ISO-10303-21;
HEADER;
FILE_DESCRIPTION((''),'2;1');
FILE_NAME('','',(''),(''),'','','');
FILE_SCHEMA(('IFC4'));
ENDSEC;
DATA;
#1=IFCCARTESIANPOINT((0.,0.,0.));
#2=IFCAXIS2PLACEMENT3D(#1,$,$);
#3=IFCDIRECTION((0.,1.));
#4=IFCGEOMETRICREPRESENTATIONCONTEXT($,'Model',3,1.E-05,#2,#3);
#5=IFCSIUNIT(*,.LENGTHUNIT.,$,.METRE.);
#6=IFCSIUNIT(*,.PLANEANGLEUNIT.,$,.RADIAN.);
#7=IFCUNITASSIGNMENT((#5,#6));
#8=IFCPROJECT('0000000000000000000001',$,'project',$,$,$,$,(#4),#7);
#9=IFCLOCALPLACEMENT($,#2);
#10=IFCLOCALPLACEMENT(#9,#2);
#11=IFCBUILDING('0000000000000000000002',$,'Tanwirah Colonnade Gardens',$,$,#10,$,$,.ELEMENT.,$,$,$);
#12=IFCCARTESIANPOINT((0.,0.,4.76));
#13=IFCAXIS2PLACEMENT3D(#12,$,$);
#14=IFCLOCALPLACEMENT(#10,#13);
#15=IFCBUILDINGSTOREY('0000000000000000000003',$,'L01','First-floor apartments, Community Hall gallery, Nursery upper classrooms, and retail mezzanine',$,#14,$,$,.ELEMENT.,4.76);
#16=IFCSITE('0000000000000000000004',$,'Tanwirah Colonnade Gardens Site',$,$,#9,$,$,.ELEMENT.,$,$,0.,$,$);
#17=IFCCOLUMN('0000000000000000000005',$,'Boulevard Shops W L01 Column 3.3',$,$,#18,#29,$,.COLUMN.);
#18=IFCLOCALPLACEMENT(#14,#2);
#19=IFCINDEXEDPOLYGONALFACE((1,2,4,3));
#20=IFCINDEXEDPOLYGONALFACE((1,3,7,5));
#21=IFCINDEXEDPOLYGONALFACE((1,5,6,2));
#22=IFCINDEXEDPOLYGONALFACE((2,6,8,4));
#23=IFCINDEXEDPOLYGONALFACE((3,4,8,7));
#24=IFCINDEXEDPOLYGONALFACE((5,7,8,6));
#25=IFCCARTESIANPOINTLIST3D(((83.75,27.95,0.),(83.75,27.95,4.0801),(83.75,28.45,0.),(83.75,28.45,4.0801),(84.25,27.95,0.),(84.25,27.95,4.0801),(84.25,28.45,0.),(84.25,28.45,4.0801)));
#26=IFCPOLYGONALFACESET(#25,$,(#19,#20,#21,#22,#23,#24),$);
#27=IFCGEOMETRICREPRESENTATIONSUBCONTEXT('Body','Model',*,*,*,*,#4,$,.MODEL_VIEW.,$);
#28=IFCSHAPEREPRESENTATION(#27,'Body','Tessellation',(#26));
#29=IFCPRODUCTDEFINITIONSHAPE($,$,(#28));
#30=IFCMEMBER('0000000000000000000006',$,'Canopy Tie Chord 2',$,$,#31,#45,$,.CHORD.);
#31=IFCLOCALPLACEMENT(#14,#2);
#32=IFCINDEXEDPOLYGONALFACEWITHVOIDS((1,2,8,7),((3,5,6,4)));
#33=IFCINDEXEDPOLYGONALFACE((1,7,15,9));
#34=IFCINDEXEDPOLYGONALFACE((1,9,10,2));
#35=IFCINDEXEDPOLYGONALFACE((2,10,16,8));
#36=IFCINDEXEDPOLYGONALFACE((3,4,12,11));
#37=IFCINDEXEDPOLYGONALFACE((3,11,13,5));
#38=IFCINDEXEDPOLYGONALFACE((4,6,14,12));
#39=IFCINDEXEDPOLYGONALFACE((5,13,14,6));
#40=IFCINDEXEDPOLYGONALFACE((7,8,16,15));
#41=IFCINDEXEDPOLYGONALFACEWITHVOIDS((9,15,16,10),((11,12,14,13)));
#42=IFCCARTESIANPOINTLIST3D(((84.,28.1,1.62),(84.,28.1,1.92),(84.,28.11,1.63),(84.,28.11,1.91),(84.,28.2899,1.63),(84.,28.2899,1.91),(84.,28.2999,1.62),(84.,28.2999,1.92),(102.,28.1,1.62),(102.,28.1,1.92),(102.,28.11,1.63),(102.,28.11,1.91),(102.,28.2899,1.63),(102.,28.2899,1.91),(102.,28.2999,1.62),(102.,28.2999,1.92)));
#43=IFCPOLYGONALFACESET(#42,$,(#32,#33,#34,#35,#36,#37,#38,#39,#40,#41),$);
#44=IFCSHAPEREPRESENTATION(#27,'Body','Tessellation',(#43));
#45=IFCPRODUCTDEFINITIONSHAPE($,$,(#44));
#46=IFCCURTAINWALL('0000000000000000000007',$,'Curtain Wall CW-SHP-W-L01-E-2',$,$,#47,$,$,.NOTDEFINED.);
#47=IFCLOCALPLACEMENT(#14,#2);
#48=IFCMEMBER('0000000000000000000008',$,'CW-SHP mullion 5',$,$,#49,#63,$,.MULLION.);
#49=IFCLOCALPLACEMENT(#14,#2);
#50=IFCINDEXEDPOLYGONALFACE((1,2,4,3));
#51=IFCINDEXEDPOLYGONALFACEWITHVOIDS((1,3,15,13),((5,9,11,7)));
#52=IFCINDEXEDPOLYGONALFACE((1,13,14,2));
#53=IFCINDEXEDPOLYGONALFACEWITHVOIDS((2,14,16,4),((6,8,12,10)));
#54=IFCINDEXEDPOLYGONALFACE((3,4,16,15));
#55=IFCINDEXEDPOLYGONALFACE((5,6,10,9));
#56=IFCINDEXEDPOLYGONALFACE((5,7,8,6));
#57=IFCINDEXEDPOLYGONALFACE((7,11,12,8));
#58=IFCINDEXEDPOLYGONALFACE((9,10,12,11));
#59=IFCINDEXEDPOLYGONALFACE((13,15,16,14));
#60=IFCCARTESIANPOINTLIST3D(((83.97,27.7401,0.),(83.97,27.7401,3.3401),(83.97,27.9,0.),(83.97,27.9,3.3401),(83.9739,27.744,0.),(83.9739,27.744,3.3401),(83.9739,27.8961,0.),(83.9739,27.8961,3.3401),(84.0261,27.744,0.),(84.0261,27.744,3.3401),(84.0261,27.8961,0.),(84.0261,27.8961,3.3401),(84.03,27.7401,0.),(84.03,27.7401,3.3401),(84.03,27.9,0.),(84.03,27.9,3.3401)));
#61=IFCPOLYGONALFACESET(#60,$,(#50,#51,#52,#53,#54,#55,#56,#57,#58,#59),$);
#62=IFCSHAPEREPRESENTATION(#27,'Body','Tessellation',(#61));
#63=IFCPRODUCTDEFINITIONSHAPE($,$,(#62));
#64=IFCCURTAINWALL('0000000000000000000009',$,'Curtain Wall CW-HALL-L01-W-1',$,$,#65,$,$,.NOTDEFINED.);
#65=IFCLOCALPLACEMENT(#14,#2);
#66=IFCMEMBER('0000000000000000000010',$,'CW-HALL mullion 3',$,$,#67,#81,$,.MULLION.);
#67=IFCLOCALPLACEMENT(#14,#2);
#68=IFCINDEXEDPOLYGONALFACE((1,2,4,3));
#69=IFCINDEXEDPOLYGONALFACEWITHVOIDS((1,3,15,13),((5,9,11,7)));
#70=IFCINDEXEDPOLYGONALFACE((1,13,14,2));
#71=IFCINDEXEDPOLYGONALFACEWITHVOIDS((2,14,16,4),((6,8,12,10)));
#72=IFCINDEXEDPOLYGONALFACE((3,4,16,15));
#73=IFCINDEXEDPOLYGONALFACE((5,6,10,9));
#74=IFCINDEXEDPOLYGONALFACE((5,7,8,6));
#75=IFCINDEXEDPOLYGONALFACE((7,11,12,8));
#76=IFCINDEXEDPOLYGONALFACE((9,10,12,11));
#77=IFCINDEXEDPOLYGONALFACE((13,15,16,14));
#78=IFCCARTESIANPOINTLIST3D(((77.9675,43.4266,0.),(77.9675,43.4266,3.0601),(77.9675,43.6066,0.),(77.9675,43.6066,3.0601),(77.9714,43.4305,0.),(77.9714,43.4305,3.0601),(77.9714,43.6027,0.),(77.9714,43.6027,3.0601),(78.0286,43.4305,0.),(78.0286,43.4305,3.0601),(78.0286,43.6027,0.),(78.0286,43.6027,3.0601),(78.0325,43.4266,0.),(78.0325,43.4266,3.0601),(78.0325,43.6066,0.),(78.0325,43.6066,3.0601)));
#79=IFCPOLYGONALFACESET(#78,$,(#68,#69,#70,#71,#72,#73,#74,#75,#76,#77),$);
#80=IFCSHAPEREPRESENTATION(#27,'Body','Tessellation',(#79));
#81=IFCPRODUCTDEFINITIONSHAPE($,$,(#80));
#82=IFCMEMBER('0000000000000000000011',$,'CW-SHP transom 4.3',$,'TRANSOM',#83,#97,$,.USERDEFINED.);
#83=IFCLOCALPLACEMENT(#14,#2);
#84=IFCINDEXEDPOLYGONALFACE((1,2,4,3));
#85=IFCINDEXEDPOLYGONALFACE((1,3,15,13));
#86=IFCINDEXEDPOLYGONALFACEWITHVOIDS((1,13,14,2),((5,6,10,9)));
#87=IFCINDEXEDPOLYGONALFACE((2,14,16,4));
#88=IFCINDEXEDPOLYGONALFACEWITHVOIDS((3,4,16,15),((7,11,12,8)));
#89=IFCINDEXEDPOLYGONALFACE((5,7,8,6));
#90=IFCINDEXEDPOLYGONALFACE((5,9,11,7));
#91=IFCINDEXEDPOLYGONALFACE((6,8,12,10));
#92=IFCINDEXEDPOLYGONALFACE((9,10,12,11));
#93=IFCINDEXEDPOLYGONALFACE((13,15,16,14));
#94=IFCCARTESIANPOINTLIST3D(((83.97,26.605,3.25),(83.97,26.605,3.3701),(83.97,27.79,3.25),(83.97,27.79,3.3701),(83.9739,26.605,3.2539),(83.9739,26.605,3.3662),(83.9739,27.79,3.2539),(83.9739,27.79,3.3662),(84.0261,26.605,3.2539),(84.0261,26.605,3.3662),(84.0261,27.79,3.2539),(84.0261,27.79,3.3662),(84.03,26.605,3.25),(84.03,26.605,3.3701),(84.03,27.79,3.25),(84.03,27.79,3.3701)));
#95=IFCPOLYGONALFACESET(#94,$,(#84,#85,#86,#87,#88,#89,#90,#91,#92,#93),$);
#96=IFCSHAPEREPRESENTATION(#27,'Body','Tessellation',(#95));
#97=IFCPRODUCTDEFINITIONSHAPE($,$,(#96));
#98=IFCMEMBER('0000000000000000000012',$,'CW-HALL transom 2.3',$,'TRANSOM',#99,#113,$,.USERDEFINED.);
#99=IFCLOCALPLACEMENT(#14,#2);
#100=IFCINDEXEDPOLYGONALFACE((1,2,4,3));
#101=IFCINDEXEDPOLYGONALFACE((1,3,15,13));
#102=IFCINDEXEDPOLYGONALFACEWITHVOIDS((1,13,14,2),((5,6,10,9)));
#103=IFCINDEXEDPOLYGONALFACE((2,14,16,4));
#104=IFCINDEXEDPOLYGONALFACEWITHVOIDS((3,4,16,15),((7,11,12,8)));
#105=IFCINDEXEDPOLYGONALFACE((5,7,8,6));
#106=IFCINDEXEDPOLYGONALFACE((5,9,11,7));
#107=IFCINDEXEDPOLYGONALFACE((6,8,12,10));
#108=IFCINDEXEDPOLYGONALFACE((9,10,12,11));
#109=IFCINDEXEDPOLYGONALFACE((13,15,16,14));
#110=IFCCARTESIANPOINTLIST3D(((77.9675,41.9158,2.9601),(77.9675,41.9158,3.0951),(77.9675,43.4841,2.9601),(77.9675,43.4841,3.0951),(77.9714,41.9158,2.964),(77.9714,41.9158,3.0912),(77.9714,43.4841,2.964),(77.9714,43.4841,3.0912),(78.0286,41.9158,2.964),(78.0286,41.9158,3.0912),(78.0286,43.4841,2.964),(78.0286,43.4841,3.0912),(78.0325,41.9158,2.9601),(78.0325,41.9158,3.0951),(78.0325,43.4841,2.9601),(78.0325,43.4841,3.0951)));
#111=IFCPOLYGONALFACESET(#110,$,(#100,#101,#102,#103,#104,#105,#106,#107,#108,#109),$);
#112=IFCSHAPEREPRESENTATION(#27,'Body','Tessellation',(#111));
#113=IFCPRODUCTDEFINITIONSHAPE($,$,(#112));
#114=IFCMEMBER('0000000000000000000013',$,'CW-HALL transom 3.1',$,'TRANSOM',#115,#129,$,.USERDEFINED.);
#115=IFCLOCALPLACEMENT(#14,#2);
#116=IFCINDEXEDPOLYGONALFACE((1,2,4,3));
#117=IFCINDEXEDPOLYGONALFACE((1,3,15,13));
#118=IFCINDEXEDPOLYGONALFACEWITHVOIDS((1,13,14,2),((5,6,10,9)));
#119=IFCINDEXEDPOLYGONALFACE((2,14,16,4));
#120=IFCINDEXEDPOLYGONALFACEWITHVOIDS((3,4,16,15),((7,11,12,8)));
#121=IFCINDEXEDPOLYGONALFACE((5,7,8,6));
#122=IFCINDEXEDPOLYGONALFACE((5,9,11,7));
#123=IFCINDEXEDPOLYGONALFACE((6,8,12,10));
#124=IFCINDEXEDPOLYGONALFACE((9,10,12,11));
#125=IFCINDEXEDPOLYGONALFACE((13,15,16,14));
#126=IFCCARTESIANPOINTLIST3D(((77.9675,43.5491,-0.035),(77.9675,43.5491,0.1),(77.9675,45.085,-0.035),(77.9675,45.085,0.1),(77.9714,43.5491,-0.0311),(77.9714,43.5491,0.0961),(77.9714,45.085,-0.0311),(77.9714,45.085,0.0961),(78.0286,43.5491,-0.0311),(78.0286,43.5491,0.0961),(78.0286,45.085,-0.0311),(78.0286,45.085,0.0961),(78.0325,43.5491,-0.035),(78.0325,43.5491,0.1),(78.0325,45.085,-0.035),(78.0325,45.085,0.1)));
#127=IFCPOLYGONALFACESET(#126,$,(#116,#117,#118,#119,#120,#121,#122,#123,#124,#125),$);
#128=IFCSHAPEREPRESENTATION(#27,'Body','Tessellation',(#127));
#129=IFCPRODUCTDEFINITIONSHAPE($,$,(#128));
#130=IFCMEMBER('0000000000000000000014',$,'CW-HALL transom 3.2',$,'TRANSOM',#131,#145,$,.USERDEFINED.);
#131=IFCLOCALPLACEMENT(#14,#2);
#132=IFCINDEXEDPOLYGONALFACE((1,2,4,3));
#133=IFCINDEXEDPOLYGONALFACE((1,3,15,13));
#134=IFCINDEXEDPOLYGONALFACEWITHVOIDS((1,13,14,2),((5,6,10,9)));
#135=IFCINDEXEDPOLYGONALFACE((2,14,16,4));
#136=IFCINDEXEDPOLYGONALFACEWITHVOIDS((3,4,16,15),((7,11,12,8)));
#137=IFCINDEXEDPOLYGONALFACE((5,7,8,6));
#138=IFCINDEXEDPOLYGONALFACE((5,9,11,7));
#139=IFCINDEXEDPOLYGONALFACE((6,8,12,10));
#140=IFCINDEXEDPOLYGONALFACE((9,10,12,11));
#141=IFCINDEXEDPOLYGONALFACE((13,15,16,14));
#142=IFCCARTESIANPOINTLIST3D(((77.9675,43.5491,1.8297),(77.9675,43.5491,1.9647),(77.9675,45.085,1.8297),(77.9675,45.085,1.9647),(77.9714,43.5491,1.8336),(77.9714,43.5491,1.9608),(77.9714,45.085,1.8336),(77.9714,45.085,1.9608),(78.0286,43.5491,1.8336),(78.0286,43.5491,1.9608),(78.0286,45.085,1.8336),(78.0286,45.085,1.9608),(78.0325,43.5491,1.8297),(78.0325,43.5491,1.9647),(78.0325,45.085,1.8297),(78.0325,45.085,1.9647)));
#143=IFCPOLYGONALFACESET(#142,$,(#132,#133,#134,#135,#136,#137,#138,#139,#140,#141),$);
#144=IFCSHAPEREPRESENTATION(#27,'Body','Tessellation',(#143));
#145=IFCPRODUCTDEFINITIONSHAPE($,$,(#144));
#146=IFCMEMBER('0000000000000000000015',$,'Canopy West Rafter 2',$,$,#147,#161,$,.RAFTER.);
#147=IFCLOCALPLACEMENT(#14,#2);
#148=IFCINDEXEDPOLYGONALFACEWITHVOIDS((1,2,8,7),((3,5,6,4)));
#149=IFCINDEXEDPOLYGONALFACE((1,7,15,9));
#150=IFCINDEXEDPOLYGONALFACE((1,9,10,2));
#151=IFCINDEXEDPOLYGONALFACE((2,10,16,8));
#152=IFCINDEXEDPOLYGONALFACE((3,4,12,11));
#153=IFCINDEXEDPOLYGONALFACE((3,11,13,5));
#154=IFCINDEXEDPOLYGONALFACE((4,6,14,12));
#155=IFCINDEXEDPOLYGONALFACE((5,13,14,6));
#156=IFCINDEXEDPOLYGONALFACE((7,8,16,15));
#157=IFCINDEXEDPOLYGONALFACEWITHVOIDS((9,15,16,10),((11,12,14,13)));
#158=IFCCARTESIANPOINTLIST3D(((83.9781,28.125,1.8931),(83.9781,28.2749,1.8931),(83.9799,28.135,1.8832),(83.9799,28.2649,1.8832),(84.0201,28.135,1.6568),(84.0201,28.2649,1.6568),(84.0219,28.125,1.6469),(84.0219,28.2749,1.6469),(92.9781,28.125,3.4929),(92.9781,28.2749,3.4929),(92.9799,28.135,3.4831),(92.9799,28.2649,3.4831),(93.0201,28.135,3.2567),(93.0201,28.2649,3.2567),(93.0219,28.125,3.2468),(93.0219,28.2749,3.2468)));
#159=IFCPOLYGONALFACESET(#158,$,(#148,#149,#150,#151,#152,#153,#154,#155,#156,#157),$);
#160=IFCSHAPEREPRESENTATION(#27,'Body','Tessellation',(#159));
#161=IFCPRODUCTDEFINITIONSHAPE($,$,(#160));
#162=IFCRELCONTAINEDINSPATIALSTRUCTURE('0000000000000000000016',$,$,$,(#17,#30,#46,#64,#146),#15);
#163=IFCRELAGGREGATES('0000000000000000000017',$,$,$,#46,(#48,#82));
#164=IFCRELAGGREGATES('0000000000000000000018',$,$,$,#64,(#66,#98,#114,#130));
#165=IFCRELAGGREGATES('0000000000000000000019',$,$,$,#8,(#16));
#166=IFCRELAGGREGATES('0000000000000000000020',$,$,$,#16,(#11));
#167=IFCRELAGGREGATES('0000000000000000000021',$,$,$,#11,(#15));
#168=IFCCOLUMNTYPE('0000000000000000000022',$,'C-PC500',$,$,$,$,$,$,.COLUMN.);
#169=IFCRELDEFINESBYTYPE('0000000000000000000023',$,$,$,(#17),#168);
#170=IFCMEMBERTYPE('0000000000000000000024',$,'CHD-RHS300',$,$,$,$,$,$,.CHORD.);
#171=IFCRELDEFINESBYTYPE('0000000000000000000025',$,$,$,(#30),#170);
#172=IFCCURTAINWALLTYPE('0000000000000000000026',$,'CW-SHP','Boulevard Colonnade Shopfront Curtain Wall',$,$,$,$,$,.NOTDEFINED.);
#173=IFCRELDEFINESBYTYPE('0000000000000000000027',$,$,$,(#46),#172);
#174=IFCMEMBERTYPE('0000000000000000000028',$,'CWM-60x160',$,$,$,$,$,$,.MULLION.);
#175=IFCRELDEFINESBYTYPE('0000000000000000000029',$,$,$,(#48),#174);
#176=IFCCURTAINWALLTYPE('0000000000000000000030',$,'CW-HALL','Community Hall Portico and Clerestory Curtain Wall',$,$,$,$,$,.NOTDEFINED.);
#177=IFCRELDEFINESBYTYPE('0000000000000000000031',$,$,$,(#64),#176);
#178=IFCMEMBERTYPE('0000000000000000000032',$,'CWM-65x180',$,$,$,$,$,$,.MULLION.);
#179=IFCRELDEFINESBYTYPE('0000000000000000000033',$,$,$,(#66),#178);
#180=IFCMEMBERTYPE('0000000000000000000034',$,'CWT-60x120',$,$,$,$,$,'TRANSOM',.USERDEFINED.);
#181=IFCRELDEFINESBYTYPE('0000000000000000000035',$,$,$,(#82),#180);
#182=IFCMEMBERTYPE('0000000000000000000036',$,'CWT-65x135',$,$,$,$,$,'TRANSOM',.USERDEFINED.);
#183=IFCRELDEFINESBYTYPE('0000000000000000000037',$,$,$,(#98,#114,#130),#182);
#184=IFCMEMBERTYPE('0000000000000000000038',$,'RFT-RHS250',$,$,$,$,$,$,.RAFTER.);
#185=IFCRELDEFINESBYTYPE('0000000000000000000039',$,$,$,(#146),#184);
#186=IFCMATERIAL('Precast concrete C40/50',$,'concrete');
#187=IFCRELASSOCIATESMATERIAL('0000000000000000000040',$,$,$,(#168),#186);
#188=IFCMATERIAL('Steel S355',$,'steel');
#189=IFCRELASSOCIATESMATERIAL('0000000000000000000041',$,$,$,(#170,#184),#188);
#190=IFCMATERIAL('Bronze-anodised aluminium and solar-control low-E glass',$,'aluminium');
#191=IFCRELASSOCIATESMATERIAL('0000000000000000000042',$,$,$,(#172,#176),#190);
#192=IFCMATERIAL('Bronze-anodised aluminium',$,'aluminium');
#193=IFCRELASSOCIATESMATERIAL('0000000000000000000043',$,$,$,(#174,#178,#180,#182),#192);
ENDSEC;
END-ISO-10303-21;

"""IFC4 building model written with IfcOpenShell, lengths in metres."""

from ifc_helpers import new_model, si_unit, direction, frame, origin, origin_2d, place, context, subcontext, project, spatial, rectangle, hollow_rectangle, extrude, material, material_profile, profile_set, type_object, element, aggregate, save


model = new_model("IFC4")

# Units and contexts
model_context = context("Model", 3, precision=1e-05, world=origin(), true_north=direction((0.0, 1.0)))
body_context = subcontext(model_context, "Body", "Model", "MODEL_VIEW")
ifc_project = project(units=[si_unit("LENGTHUNIT", "METRE"), si_unit("PLANEANGLEUNIT", "RADIAN")], contexts=[model_context])

# Site, building, storey
site_placement = place(None, origin())
site = spatial("IfcSite", under=ifc_project, at=site_placement, Name="Tanwirah Colonnade Gardens Site", CompositionType="ELEMENT", RefElevation=0.0)
building_placement = place(site_placement, origin())
building = spatial("IfcBuilding", under=site, at=building_placement, Name="Tanwirah Colonnade Gardens", CompositionType="ELEMENT")
storey_placement = place(building_placement, frame((0.0, 0.0, 4.76)))
storey = spatial("IfcBuildingStorey", under=building, at=storey_placement, Name="L01", Description="First-floor apartments, Community Hall gallery, Nursery upper classrooms, and retail mezzanine", CompositionType="ELEMENT", Elevation=4.76)

# Column
ifc_material_1 = material(Name="Precast concrete C40/50", Category="concrete")
ifc_material_profile_1 = material_profile(ifc_material_1, rectangle(XDim=0.5, YDim=0.5, at=origin_2d()), Name="PC-COL 500x500")
ifc_profile_set_1 = profile_set([ifc_material_profile_1], Name="Precast concrete C40/50")
column_type = type_object("IfcColumnType", Name="C-PC500", PredefinedType="COLUMN", material=ifc_profile_set_1)
column_placement = place(storey_placement, frame((84.0, 28.2, 0.0), z_axis=(0.0, 0.0, 1.0), x_axis=(1.0, 0.0, 0.0)))
element("IfcColumn", 1, at=column_placement, inside=storey, type_object=column_type, Name="Boulevard Shops W L01 Column 3.3", PredefinedType="COLUMN", context=body_context, shape_type="SweptSolid", body=[
    extrude(rectangle(XDim=0.5, YDim=0.5, at=origin_2d()), origin(), (0.0, 0.0, 1.0), 4.0801),
])

# Member
ifc_material_2 = material(Name="Steel S355", Category="steel")
ifc_material_profile_2 = material_profile(ifc_material_2, hollow_rectangle(XDim=0.2, YDim=0.3, WallThickness=0.01, at=origin_2d()), Name="RHS 300x200x10")
ifc_profile_set_2 = profile_set([ifc_material_profile_2], Name="Steel S355")
member_type_1 = type_object("IfcMemberType", Name="CHD-RHS300", PredefinedType="CHORD", material=ifc_profile_set_2)
member_1_placement = place(storey_placement, frame((84.0, 28.2, 1.77), z_axis=(1.0, 0.0, 0.0), x_axis=(0.0, 1.0, 0.0)))
element("IfcMember", 2, at=member_1_placement, inside=storey, type_object=member_type_1, Name="Canopy Tie Chord 2", PredefinedType="CHORD", context=body_context, shape_type="SweptSolid", body=[
    extrude(hollow_rectangle(XDim=0.2, YDim=0.3, WallThickness=0.01, at=origin_2d()), origin(), (0.0, 0.0, 1.0), 18.0),
])

# Curtain walls, members
ifc_material_3 = material(Name="Bronze-anodised aluminium and solar-control low-E glass", Category="aluminium")
curtain_wall_type_1 = type_object("IfcCurtainWallType", Name="CW-SHP", Description="Boulevard Colonnade Shopfront Curtain Wall", PredefinedType="NOTDEFINED", material=ifc_material_3)
curtain_wall_1_placement = place(storey_placement, origin())
curtain_wall_1 = element("IfcCurtainWall", 3, at=curtain_wall_1_placement, inside=storey, type_object=curtain_wall_type_1, Name="Curtain Wall CW-SHP-W-L01-E-2", PredefinedType="NOTDEFINED")
ifc_material_4 = material(Name="Bronze-anodised aluminium", Category="aluminium")
ifc_material_profile_3 = material_profile(ifc_material_4, hollow_rectangle(XDim=0.0601, YDim=0.1599, WallThickness=0.0039, at=origin_2d()), Name="CW-MUL 60x160x4")
ifc_profile_set_3 = profile_set([ifc_material_profile_3], Name="Bronze-anodised aluminium")
member_type_2 = type_object("IfcMemberType", Name="CWM-60x160", PredefinedType="MULLION", material=ifc_profile_set_3)
member_2_placement = place(storey_placement, frame((84.0, 27.8201, 0.0), z_axis=(0.0, 0.0, 1.0), x_axis=(-1.0, 0.0, 0.0)))
member_2 = element("IfcMember", 4, at=member_2_placement, type_object=member_type_2, Name="CW-SHP mullion 5", PredefinedType="MULLION", context=body_context, shape_type="SweptSolid", body=[
    extrude(hollow_rectangle(XDim=0.0601, YDim=0.1599, WallThickness=0.0039, at=origin_2d()), origin(), (0.0, 0.0, 1.0), 3.3401),
])
curtain_wall_type_2 = type_object("IfcCurtainWallType", Name="CW-HALL", Description="Community Hall Portico and Clerestory Curtain Wall", PredefinedType="NOTDEFINED", material=ifc_material_3)
curtain_wall_2_placement = place(storey_placement, origin())
curtain_wall_2 = element("IfcCurtainWall", 5, at=curtain_wall_2_placement, inside=storey, type_object=curtain_wall_type_2, Name="Curtain Wall CW-HALL-L01-W-1", PredefinedType="NOTDEFINED")
ifc_material_profile_4 = material_profile(ifc_material_4, hollow_rectangle(XDim=0.0649, YDim=0.1799, WallThickness=0.0039, at=origin_2d()), Name="CW-MUL 65x180x4")
ifc_profile_set_4 = profile_set([ifc_material_profile_4], Name="Bronze-anodised aluminium")
member_type_3 = type_object("IfcMemberType", Name="CWM-65x180", PredefinedType="MULLION", material=ifc_profile_set_4)
member_3_placement = place(storey_placement, frame((78.0, 43.5166, 0.0), z_axis=(0.0, 0.0, 1.0), x_axis=(-1.0, 0.0, 0.0)))
member_3 = element("IfcMember", 6, at=member_3_placement, type_object=member_type_3, Name="CW-HALL mullion 3", PredefinedType="MULLION", context=body_context, shape_type="SweptSolid", body=[
    extrude(hollow_rectangle(XDim=0.0649, YDim=0.1799, WallThickness=0.0039, at=origin_2d()), origin(), (0.0, 0.0, 1.0), 3.0601),
])

# Members
ifc_material_profile_5 = material_profile(ifc_material_4, hollow_rectangle(XDim=0.0601, YDim=0.1201, WallThickness=0.0039, at=origin_2d()), Name="CW-TRN 60x120x4")
ifc_profile_set_5 = profile_set([ifc_material_profile_5], Name="Bronze-anodised aluminium")
member_type_4 = type_object("IfcMemberType", Name="CWT-60x120", ElementType="TRANSOM", PredefinedType="USERDEFINED", material=ifc_profile_set_5)
member_4_placement = place(storey_placement, frame((84.0, 26.605, 3.3101), z_axis=(0.0, 1.0, 0.0), x_axis=(-1.0, 0.0, 0.0)))
member_4 = element("IfcMember", 7, at=member_4_placement, type_object=member_type_4, Name="CW-SHP transom 4.3", ObjectType="TRANSOM", PredefinedType="USERDEFINED", context=body_context, shape_type="SweptSolid", body=[
    extrude(hollow_rectangle(XDim=0.0601, YDim=0.1201, WallThickness=0.0039, at=origin_2d()), origin(), (0.0, 0.0, 1.0), 1.1851),
])
ifc_material_profile_6 = material_profile(ifc_material_4, hollow_rectangle(XDim=0.0649, YDim=0.135, WallThickness=0.0039, at=origin_2d()), Name="CW-TRN 65x135x4")
ifc_profile_set_6 = profile_set([ifc_material_profile_6], Name="Bronze-anodised aluminium")
member_type_5 = type_object("IfcMemberType", Name="CWT-65x135", ElementType="TRANSOM", PredefinedType="USERDEFINED", material=ifc_profile_set_6)
member_5_placement = place(storey_placement, frame((78.0, 41.9158, 3.0276), z_axis=(0.0, 1.0, 0.0), x_axis=(-1.0, 0.0, 0.0)))
member_5 = element("IfcMember", 8, at=member_5_placement, type_object=member_type_5, Name="CW-HALL transom 2.3", ObjectType="TRANSOM", PredefinedType="USERDEFINED", context=body_context, shape_type="SweptSolid", body=[
    extrude(hollow_rectangle(XDim=0.0649, YDim=0.135, WallThickness=0.0039, at=origin_2d()), origin(), (0.0, 0.0, 1.0), 1.5684),
])
member_6_placement = place(storey_placement, frame((78.0, 43.5491, 0.0325), z_axis=(0.0, 1.0, 0.0), x_axis=(-1.0, 0.0, 0.0)))
member_6 = element("IfcMember", 9, at=member_6_placement, type_object=member_type_5, Name="CW-HALL transom 3.1", ObjectType="TRANSOM", PredefinedType="USERDEFINED", context=body_context, shape_type="SweptSolid", body=[
    extrude(hollow_rectangle(XDim=0.0649, YDim=0.135, WallThickness=0.0039, at=origin_2d()), origin(), (0.0, 0.0, 1.0), 1.5359),
])
member_7_placement = place(storey_placement, frame((78.0, 43.5491, 1.8972), z_axis=(0.0, 1.0, 0.0), x_axis=(-1.0, 0.0, 0.0)))
member_7 = element("IfcMember", 10, at=member_7_placement, type_object=member_type_5, Name="CW-HALL transom 3.2", ObjectType="TRANSOM", PredefinedType="USERDEFINED", context=body_context, shape_type="SweptSolid", body=[
    extrude(hollow_rectangle(XDim=0.0649, YDim=0.135, WallThickness=0.0039, at=origin_2d()), origin(), (0.0, 0.0, 1.0), 1.5359),
])
ifc_material_profile_7 = material_profile(ifc_material_2, hollow_rectangle(XDim=0.1499, YDim=0.25, WallThickness=0.01, at=origin_2d()), Name="RHS 250x150x10")
ifc_profile_set_7 = profile_set([ifc_material_profile_7], Name="Steel S355")
member_type_6 = type_object("IfcMemberType", Name="RFT-RHS250", PredefinedType="RAFTER", material=ifc_profile_set_7)
member_8_placement = place(storey_placement, frame((84.0, 28.2, 1.77), z_axis=(0.984565, 0.0, 0.175018), x_axis=(0.0, 1.0, 0.0)))
element("IfcMember", 11, at=member_8_placement, inside=storey, type_object=member_type_6, Name="Canopy West Rafter 2", PredefinedType="RAFTER", context=body_context, shape_type="SweptSolid", body=[
    extrude(hollow_rectangle(XDim=0.1499, YDim=0.25, WallThickness=0.01, at=origin_2d()), origin(), (0.0, 0.0, 1.0), 9.1411),
])

aggregate(curtain_wall_1, [member_2, member_4])
aggregate(curtain_wall_2, [member_3, member_5, member_6, member_7])

save(model, "model.ifc")
